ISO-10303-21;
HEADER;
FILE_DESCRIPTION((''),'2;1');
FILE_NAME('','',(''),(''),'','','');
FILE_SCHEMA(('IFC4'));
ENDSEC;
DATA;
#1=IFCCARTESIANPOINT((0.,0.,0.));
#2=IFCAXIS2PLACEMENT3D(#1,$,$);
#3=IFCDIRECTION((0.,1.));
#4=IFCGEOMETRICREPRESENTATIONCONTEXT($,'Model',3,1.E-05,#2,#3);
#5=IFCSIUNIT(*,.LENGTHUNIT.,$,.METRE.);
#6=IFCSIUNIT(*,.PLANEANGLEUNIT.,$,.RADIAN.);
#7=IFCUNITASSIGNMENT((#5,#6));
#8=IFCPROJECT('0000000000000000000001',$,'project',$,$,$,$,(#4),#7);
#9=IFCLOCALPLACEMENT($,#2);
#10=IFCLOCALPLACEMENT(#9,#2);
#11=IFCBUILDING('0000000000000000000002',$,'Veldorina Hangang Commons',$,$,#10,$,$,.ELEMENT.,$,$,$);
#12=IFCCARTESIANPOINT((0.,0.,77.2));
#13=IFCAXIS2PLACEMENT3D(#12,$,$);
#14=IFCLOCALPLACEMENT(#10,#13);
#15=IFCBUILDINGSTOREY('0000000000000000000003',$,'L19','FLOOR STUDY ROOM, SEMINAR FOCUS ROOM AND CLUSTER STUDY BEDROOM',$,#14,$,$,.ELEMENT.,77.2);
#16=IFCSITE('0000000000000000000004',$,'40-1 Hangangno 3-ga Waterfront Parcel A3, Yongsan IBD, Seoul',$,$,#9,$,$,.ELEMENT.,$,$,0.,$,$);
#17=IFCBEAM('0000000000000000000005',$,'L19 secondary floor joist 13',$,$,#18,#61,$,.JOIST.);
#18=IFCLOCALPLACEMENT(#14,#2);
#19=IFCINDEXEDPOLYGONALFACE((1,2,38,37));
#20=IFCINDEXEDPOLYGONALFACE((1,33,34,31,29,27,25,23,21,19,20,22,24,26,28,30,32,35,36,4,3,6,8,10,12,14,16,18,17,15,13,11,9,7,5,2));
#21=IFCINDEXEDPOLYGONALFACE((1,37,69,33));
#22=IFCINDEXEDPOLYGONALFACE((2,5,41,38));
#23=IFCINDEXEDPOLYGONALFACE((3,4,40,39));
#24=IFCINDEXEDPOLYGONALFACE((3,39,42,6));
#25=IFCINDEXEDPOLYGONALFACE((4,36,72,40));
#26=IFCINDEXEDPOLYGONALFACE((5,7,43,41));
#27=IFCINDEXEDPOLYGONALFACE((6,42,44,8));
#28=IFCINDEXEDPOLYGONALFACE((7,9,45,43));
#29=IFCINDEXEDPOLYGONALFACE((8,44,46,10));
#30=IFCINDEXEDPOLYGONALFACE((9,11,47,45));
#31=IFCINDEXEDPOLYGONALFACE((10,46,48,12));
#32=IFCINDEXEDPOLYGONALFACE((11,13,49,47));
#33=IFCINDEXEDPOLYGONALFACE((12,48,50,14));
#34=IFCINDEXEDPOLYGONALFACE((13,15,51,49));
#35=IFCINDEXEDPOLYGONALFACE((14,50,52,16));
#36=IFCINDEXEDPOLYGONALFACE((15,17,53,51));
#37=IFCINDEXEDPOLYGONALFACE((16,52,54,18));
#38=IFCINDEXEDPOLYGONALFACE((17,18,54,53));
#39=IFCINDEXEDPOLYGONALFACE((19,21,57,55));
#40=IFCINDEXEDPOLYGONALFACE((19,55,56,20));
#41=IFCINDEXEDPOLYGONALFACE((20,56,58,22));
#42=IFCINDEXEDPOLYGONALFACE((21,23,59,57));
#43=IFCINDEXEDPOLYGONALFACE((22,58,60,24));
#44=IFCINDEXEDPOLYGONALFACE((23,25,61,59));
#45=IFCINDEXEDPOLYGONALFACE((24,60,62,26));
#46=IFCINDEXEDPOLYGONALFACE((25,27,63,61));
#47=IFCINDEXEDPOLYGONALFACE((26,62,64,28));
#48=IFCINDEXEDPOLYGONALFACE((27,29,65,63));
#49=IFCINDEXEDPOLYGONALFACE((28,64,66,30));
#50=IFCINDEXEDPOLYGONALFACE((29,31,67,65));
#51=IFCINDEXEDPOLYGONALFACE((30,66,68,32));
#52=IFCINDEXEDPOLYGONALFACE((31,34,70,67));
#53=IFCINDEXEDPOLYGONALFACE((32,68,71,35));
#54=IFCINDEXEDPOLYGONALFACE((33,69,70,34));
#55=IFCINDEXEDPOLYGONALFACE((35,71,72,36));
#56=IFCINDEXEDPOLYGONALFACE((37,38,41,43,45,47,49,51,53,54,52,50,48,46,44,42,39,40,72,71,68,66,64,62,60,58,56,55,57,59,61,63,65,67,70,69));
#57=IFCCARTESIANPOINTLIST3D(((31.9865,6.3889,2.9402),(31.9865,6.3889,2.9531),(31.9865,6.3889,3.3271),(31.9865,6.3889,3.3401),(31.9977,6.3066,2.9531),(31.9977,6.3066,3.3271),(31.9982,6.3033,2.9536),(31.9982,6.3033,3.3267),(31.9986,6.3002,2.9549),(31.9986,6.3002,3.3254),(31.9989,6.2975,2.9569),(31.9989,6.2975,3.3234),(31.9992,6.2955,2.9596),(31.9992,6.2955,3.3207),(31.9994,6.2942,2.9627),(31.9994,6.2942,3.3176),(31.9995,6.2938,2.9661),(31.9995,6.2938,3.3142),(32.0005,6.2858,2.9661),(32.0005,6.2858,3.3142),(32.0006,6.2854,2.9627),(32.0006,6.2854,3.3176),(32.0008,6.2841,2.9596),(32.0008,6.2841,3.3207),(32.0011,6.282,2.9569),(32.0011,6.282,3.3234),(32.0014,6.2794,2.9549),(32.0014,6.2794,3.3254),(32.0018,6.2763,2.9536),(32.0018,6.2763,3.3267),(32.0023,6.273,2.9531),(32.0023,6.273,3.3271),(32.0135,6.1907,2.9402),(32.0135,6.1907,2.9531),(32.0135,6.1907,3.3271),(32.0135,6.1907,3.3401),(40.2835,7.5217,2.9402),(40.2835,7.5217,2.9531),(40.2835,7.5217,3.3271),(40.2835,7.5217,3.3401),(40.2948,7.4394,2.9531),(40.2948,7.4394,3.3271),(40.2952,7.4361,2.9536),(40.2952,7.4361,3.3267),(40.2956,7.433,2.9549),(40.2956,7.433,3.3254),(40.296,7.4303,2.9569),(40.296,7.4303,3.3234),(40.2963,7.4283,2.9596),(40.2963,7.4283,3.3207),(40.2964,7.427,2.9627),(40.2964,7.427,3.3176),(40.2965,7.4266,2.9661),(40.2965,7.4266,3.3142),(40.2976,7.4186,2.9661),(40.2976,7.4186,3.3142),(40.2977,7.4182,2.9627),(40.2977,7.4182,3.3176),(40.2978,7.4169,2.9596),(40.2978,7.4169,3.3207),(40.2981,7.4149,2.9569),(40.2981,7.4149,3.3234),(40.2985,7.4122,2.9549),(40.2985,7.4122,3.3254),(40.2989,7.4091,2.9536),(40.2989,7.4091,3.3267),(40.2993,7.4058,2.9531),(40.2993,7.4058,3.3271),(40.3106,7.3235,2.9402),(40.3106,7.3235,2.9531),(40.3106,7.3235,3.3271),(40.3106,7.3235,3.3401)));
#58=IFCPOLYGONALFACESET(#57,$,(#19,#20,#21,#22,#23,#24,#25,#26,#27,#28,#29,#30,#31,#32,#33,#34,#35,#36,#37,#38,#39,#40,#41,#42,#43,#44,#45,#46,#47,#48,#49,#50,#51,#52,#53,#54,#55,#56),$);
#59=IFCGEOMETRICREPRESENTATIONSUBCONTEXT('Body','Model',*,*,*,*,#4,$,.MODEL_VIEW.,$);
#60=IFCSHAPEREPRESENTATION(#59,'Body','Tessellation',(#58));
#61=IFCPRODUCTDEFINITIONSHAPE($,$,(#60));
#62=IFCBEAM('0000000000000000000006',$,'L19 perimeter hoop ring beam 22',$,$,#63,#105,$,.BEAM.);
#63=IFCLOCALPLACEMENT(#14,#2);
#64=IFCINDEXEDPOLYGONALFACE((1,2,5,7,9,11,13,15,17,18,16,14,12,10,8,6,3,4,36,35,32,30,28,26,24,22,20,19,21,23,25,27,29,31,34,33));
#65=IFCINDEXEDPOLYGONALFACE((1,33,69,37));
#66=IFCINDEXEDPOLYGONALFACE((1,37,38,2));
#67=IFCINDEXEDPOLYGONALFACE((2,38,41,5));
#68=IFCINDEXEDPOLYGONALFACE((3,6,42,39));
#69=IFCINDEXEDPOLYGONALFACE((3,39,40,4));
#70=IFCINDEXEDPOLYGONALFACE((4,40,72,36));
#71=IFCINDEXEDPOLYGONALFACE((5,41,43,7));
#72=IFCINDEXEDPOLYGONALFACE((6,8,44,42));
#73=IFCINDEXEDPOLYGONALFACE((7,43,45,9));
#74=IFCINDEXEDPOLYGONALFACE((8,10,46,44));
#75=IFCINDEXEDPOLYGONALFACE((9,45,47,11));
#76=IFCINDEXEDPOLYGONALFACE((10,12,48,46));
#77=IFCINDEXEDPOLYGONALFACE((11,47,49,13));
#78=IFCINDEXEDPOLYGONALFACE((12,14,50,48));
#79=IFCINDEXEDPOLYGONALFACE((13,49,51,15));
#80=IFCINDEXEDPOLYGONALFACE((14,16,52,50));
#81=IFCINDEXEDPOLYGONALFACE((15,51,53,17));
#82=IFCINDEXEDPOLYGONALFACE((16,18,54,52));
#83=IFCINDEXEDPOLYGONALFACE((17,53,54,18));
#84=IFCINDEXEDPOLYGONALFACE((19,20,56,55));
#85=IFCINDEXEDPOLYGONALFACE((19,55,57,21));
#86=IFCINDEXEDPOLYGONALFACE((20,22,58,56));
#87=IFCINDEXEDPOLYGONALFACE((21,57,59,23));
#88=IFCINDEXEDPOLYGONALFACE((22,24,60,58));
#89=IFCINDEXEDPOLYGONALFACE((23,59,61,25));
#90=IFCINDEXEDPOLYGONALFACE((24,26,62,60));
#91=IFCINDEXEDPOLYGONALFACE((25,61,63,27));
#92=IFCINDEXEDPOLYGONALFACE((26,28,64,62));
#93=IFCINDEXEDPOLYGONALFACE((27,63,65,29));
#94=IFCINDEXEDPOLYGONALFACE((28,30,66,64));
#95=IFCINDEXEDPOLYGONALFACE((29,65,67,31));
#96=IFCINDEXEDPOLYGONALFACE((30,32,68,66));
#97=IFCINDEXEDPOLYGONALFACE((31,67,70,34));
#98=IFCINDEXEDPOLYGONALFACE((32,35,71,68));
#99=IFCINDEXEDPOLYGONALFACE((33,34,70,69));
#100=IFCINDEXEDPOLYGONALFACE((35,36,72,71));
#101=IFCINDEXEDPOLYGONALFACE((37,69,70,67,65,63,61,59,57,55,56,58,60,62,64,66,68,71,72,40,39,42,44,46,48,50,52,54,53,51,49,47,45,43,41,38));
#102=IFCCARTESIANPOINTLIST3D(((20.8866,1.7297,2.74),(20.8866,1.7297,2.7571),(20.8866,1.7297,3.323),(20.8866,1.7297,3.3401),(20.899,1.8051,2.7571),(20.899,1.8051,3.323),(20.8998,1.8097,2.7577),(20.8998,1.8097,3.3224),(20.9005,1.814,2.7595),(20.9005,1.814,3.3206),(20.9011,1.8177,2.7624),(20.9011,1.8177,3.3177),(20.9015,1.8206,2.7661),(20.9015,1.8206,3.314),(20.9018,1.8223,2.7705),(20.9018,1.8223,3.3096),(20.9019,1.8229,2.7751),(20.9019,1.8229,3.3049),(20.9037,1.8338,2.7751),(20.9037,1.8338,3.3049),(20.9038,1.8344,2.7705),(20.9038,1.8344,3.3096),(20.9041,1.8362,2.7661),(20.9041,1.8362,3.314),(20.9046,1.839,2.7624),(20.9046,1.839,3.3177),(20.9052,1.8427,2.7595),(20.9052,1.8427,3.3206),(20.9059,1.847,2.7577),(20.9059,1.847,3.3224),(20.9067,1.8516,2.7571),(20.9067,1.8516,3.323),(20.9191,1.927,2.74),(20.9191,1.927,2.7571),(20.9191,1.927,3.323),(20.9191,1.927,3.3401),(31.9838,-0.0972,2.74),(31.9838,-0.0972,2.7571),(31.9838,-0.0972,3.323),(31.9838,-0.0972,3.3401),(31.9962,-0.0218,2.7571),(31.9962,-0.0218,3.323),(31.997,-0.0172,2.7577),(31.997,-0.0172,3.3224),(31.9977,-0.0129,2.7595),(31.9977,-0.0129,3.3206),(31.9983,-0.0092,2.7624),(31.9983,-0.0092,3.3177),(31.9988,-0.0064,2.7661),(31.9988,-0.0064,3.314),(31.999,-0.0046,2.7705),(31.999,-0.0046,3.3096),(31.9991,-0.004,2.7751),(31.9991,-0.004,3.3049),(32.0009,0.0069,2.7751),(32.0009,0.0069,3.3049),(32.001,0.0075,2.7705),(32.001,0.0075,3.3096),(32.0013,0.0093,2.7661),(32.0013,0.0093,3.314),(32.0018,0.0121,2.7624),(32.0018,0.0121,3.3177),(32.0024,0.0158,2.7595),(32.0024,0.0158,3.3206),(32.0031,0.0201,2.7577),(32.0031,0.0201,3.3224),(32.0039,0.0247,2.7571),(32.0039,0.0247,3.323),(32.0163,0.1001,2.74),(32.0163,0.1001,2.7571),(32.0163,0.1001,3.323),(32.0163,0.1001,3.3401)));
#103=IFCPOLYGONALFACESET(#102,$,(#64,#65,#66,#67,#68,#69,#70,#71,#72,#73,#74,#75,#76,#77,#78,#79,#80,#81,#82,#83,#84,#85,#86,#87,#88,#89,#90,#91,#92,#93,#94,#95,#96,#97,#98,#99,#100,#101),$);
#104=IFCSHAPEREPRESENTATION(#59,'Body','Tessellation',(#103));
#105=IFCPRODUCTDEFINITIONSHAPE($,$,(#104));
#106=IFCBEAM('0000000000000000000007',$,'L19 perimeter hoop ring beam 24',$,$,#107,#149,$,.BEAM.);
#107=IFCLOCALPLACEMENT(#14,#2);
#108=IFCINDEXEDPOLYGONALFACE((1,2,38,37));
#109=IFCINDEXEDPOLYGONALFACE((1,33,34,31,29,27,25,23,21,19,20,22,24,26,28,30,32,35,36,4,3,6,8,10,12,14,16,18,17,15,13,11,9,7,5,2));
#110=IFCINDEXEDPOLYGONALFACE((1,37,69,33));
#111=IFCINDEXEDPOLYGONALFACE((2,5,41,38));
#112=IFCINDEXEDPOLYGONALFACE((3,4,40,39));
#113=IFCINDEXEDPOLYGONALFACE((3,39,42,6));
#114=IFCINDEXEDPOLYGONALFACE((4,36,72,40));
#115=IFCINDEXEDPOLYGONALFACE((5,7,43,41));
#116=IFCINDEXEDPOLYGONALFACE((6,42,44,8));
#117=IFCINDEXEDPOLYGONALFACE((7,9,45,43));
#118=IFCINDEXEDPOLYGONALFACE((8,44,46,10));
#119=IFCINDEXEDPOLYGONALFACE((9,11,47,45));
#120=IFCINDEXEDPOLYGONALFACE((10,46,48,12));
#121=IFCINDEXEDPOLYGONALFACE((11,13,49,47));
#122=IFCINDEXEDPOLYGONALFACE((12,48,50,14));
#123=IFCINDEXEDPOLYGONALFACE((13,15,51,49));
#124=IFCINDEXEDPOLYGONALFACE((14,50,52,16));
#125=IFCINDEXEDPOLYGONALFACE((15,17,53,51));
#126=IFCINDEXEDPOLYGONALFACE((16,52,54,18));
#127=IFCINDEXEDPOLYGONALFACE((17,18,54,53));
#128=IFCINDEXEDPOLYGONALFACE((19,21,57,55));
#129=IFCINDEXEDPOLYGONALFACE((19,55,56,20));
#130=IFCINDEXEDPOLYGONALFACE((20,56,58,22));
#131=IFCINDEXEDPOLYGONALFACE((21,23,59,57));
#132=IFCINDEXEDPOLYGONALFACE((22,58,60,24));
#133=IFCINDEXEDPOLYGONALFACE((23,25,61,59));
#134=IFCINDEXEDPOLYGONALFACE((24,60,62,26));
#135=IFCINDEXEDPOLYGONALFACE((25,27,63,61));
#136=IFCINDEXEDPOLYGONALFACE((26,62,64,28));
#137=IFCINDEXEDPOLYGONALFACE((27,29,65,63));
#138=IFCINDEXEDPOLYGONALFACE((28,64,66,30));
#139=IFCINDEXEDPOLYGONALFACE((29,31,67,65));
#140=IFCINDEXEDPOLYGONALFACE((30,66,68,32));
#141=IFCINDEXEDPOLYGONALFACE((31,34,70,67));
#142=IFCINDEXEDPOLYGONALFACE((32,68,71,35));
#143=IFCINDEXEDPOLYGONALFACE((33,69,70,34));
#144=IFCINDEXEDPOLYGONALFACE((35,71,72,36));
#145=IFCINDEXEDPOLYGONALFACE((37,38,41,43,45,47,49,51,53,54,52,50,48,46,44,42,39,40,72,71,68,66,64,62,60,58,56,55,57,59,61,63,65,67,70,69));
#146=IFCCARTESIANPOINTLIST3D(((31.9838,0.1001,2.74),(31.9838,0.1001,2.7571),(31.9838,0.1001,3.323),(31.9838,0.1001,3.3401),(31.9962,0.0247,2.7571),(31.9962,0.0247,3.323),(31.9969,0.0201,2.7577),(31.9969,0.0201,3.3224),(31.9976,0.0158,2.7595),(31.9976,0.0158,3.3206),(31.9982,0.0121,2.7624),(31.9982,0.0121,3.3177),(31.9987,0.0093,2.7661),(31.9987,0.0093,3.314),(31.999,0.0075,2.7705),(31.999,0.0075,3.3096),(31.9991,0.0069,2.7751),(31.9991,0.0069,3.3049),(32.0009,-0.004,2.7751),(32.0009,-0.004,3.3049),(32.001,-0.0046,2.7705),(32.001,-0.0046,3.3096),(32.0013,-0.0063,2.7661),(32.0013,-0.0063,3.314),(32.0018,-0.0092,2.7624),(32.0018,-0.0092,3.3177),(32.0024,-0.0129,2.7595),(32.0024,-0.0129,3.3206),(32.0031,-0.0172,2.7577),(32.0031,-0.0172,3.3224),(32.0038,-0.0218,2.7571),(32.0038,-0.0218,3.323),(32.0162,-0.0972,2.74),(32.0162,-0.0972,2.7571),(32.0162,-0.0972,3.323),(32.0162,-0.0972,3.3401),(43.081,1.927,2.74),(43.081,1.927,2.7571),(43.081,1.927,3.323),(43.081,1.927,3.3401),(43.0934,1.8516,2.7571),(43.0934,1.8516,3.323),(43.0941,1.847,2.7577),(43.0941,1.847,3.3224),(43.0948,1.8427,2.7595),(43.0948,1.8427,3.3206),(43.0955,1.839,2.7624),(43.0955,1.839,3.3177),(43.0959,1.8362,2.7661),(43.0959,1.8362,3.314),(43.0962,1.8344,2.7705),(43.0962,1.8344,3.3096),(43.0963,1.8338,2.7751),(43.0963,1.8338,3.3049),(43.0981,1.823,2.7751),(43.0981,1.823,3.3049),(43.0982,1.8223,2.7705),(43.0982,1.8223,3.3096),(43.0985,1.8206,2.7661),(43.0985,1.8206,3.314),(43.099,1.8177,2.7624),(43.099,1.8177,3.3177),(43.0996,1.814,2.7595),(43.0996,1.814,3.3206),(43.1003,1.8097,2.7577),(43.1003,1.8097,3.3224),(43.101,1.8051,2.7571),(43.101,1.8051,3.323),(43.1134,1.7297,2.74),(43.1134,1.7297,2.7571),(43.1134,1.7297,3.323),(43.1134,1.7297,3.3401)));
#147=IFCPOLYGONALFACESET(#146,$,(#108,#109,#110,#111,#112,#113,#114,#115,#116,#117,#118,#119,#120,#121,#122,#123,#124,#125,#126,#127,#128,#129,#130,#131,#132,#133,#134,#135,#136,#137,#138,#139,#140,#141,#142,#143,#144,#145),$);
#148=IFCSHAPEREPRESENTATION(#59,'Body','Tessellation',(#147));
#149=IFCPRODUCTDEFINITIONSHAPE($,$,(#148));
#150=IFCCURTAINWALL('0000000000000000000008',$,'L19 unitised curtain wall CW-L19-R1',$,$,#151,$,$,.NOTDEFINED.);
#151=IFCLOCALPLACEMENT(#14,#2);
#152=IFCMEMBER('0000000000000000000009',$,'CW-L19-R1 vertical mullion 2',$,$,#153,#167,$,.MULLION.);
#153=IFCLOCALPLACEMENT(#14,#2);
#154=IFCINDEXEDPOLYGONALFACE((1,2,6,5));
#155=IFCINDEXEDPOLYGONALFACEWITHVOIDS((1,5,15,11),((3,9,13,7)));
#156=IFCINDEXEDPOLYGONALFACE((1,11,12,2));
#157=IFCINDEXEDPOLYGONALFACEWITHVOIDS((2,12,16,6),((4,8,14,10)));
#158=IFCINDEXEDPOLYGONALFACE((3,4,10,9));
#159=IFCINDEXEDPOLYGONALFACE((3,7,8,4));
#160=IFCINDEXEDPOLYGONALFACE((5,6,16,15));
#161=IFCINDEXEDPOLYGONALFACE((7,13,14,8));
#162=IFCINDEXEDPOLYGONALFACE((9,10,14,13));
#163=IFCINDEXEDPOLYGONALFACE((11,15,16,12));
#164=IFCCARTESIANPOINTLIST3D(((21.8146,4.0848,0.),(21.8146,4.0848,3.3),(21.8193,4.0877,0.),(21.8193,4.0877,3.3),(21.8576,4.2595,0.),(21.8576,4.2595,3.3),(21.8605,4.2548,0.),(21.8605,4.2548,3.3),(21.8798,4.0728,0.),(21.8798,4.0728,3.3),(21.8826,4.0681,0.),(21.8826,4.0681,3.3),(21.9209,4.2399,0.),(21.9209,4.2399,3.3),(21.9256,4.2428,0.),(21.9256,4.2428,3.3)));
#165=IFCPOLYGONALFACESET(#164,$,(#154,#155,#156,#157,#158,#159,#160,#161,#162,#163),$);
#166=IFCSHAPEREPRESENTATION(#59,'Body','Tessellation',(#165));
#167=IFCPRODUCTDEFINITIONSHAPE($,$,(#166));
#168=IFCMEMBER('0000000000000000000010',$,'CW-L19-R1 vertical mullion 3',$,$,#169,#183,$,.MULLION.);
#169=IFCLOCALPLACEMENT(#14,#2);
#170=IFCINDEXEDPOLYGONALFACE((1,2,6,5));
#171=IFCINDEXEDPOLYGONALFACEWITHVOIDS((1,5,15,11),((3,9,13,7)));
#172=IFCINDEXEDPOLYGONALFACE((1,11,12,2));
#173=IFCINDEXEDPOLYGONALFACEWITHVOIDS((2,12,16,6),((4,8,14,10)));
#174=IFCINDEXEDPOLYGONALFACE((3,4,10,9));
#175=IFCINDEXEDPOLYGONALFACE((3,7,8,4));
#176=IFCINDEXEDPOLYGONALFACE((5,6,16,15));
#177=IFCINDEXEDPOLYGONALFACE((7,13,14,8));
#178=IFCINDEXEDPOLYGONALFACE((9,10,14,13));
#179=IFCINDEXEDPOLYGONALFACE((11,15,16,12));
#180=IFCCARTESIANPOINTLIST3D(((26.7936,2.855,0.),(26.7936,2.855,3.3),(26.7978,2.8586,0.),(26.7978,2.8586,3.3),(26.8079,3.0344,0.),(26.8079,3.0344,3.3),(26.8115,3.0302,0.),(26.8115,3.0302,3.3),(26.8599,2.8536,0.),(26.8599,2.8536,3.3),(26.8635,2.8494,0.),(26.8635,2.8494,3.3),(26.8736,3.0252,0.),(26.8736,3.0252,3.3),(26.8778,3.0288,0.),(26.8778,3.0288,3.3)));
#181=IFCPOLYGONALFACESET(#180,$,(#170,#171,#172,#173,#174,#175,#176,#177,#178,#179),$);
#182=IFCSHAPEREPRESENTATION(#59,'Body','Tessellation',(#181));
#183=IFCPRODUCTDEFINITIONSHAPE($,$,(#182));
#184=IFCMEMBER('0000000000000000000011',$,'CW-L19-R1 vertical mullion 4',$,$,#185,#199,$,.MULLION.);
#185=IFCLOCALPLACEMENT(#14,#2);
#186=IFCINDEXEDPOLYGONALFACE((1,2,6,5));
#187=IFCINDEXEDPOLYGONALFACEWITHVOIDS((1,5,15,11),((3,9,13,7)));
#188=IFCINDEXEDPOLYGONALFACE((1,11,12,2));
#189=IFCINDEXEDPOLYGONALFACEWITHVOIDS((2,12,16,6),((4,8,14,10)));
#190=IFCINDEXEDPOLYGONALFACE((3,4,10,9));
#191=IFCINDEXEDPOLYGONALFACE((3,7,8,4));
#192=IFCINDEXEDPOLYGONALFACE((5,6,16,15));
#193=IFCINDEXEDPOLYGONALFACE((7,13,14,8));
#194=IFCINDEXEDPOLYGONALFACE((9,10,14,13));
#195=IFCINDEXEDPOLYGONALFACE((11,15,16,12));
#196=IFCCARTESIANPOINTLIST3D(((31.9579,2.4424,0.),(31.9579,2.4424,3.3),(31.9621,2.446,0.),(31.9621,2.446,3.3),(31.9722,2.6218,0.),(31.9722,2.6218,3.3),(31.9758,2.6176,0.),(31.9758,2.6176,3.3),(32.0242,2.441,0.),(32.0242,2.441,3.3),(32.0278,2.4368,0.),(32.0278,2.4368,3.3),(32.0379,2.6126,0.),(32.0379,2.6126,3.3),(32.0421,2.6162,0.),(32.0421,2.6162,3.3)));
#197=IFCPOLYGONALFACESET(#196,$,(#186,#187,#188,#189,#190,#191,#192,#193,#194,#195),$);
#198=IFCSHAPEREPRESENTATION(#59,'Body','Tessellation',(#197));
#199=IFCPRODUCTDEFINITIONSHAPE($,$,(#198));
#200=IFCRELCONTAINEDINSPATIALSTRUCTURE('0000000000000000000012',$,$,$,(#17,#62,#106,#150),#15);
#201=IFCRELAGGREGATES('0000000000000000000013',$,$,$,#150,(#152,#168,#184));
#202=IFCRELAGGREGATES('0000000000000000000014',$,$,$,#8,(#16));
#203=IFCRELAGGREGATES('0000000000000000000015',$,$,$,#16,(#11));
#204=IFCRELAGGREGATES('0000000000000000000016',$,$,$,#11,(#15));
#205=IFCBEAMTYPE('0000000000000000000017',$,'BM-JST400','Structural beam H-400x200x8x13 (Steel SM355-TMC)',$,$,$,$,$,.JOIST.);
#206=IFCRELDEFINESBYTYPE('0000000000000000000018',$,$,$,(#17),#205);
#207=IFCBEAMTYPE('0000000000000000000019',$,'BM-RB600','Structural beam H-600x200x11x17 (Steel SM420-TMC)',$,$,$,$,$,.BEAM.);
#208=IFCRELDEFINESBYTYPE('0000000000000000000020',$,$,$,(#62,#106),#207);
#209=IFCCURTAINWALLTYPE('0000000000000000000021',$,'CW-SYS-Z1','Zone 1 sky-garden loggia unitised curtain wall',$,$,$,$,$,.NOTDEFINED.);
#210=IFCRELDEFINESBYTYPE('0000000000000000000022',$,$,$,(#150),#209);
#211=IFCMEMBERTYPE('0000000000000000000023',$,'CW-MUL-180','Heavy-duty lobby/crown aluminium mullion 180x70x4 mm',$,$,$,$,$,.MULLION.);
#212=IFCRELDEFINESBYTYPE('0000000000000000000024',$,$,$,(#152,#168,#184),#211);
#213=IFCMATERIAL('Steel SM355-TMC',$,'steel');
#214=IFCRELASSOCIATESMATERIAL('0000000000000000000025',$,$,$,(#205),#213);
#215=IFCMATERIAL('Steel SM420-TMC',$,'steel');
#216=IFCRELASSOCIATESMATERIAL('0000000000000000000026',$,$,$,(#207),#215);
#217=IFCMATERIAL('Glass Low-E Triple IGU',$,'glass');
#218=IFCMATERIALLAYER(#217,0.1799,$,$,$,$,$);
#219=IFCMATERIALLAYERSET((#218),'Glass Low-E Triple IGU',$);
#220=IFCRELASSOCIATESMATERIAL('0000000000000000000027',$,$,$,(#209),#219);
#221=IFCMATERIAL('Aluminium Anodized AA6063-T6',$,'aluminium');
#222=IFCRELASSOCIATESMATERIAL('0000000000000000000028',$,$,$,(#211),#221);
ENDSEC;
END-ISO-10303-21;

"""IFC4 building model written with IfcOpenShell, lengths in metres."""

from ifc_helpers import new_model, si_unit, direction, frame, origin, origin_2d, place, context, subcontext, project, spatial, hollow_rectangle, i_section, extrude, material, layer, layer_set, material_profile, profile_set, type_object, element, aggregate, save


model = new_model("IFC4")

# Units and contexts
model_context = context("Model", 3, precision=1e-05, world=origin(), true_north=direction((0.0, 1.0)))
body_context = subcontext(model_context, "Body", "Model", "MODEL_VIEW")
ifc_project = project(units=[si_unit("LENGTHUNIT", "METRE"), si_unit("PLANEANGLEUNIT", "RADIAN")], contexts=[model_context])

# Site, building, storey
site_placement = place(None, origin())
site = spatial("IfcSite", under=ifc_project, at=site_placement, Name="40-1 Hangangno 3-ga Waterfront Parcel A3, Yongsan IBD, Seoul", CompositionType="ELEMENT", RefElevation=0.0)
building_placement = place(site_placement, origin())
building = spatial("IfcBuilding", under=site, at=building_placement, Name="Veldorina Hangang Commons", CompositionType="ELEMENT")
storey_placement = place(building_placement, frame((0.0, 0.0, 77.2)))
storey = spatial("IfcBuildingStorey", under=building, at=storey_placement, Name="L19", Description="FLOOR STUDY ROOM, SEMINAR FOCUS ROOM AND CLUSTER STUDY BEDROOM", CompositionType="ELEMENT", Elevation=77.2)

# Beams
ifc_material_1 = material(Name="Steel SM355-TMC", Category="steel")
ifc_material_profile_1 = material_profile(ifc_material_1, i_section(OverallWidth=0.2, OverallDepth=0.3999, WebThickness=0.0081, FlangeThickness=0.0129, FilletRadius=0.0129, at=origin_2d()), Name="H-400x200x8x13")
ifc_profile_set_1 = profile_set([ifc_material_profile_1], Name="Steel SM355-TMC")
beam_type_1 = type_object("IfcBeamType", Name="BM-JST400", Description="Structural beam H-400x200x8x13 (Steel SM355-TMC)", PredefinedType="JOIST", material=ifc_profile_set_1)
beam_placement = place(storey_placement, frame((32.0, 6.2898, 3.1401), z_axis=(0.990808, 0.135276, 0.0), x_axis=(-0.135276, 0.990808, 0.0)))
element("IfcBeam", 1, at=beam_placement, inside=storey, type_object=beam_type_1, Name="L19 secondary floor joist 13", PredefinedType="JOIST", context=body_context, shape_type="SweptSolid", body=[
    extrude(i_section(OverallWidth=0.2, OverallDepth=0.3999, WebThickness=0.0081, FlangeThickness=0.0129, FilletRadius=0.0129, at=origin_2d()), origin(), (0.0, 0.0, 1.0), 8.374),
])
ifc_material_2 = material(Name="Steel SM420-TMC", Category="steel")
ifc_material_profile_2 = material_profile(ifc_material_2, i_section(OverallWidth=0.2, OverallDepth=0.6001, WebThickness=0.011, FlangeThickness=0.0171, FilletRadius=0.0181, at=origin_2d()), Name="H-600x200x11x17")
ifc_profile_set_2 = profile_set([ifc_material_profile_2], Name="Steel SM420-TMC")
beam_type_2 = type_object("IfcBeamType", Name="BM-RB600", Description="Structural beam H-600x200x11x17 (Steel SM420-TMC)", PredefinedType="BEAM", material=ifc_profile_set_2)
for number, where, z_axis, x_axis, name in (
    (2, (20.9028, 1.8284, 3.04), (0.986718, -0.162441, 0.0), (0.162441, 0.986718, 0.0), "L19 perimeter hoop ring beam 22"),
    (3, (32.0, 0.0015, 3.04), (0.986718, 0.162441, 0.0), (-0.162441, 0.986718, 0.0), "L19 perimeter hoop ring beam 24"),
):
    element("IfcBeam", number, at=place(storey_placement, frame(where, z_axis=z_axis, x_axis=x_axis)), inside=storey, type_object=beam_type_2, Name=name, PredefinedType="BEAM", context=body_context, shape_type="SweptSolid", body=[
        extrude(i_section(OverallWidth=0.2, OverallDepth=0.6001, WebThickness=0.011, FlangeThickness=0.0171, FilletRadius=0.0181, at=origin_2d()), origin(), (0.0, 0.0, 1.0), 11.2466),
    ])

# Curtain wall, members
ifc_material_3 = material(Name="Glass Low-E Triple IGU", Category="glass")
ifc_layer_1 = layer(ifc_material_3, 0.1799)
ifc_layer_set_1 = layer_set([ifc_layer_1], Name="Glass Low-E Triple IGU")
curtain_wall_type = type_object("IfcCurtainWallType", Name="CW-SYS-Z1", Description="Zone 1 sky-garden loggia unitised curtain wall", PredefinedType="NOTDEFINED", material=ifc_layer_set_1)
curtain_wall_placement = place(storey_placement, origin())
curtain_wall = element("IfcCurtainWall", 4, at=curtain_wall_placement, inside=storey, type_object=curtain_wall_type, Name="L19 unitised curtain wall CW-L19-R1", PredefinedType="NOTDEFINED")
ifc_material_4 = material(Name="Aluminium Anodized AA6063-T6", Category="aluminium")
ifc_material_profile_3 = material_profile(ifc_material_4, hollow_rectangle(XDim=0.0701, YDim=0.1799, WallThickness=0.0039, at=origin_2d()), Name="ALU-RHS-180x70x4")
ifc_profile_set_3 = profile_set([ifc_material_profile_3], Name="Aluminium Anodized AA6063-T6")
member_type_1 = type_object("IfcMemberType", Name="CW-MUL-180", Description="Heavy-duty lobby/crown aluminium mullion 180x70x4 mm", PredefinedType="MULLION", material=ifc_profile_set_3)
member_1_placement = place(storey_placement, frame((21.8701, 4.1638, 0.0), z_axis=(0.0, 0.0, 1.0), x_axis=(0.971038, -0.238923, 0.0)))
member_1 = element("IfcMember", 5, at=member_1_placement, type_object=member_type_1, Name="CW-L19-R1 vertical mullion 2", PredefinedType="MULLION", context=body_context, shape_type="SweptSolid", body=[
    extrude(hollow_rectangle(XDim=0.0701, YDim=0.1799, WallThickness=0.0039, at=origin_2d()), origin(), (0.0, 0.0, 1.0), 3.3),
])
member_2_placement = place(storey_placement, frame((26.8357, 2.9419, 0.0), z_axis=(0.0, 0.0, 1.0), x_axis=(0.996824, -0.079642, 0.0)))
member_2 = element("IfcMember", 6, at=member_2_placement, type_object=member_type_1, Name="CW-L19-R1 vertical mullion 3", PredefinedType="MULLION", context=body_context, shape_type="SweptSolid", body=[
    extrude(hollow_rectangle(XDim=0.0701, YDim=0.1799, WallThickness=0.0039, at=origin_2d()), origin(), (0.0, 0.0, 1.0), 3.3),
])
member_3_placement = place(storey_placement, frame((32.0, 2.5293, 0.0), z_axis=(0.0, 0.0, 1.0), x_axis=(-0.996824, 0.079642, 0.0)))
member_3 = element("IfcMember", 7, at=member_3_placement, type_object=member_type_1, Name="CW-L19-R1 vertical mullion 4", PredefinedType="MULLION", context=body_context, shape_type="SweptSolid", body=[
    extrude(hollow_rectangle(XDim=0.0701, YDim=0.1799, WallThickness=0.0039, at=origin_2d()), origin(), (0.0, 0.0, 1.0), 3.3),
])

aggregate(curtain_wall, [member_1, member_2, member_3])

save(model, "model.ifc")
